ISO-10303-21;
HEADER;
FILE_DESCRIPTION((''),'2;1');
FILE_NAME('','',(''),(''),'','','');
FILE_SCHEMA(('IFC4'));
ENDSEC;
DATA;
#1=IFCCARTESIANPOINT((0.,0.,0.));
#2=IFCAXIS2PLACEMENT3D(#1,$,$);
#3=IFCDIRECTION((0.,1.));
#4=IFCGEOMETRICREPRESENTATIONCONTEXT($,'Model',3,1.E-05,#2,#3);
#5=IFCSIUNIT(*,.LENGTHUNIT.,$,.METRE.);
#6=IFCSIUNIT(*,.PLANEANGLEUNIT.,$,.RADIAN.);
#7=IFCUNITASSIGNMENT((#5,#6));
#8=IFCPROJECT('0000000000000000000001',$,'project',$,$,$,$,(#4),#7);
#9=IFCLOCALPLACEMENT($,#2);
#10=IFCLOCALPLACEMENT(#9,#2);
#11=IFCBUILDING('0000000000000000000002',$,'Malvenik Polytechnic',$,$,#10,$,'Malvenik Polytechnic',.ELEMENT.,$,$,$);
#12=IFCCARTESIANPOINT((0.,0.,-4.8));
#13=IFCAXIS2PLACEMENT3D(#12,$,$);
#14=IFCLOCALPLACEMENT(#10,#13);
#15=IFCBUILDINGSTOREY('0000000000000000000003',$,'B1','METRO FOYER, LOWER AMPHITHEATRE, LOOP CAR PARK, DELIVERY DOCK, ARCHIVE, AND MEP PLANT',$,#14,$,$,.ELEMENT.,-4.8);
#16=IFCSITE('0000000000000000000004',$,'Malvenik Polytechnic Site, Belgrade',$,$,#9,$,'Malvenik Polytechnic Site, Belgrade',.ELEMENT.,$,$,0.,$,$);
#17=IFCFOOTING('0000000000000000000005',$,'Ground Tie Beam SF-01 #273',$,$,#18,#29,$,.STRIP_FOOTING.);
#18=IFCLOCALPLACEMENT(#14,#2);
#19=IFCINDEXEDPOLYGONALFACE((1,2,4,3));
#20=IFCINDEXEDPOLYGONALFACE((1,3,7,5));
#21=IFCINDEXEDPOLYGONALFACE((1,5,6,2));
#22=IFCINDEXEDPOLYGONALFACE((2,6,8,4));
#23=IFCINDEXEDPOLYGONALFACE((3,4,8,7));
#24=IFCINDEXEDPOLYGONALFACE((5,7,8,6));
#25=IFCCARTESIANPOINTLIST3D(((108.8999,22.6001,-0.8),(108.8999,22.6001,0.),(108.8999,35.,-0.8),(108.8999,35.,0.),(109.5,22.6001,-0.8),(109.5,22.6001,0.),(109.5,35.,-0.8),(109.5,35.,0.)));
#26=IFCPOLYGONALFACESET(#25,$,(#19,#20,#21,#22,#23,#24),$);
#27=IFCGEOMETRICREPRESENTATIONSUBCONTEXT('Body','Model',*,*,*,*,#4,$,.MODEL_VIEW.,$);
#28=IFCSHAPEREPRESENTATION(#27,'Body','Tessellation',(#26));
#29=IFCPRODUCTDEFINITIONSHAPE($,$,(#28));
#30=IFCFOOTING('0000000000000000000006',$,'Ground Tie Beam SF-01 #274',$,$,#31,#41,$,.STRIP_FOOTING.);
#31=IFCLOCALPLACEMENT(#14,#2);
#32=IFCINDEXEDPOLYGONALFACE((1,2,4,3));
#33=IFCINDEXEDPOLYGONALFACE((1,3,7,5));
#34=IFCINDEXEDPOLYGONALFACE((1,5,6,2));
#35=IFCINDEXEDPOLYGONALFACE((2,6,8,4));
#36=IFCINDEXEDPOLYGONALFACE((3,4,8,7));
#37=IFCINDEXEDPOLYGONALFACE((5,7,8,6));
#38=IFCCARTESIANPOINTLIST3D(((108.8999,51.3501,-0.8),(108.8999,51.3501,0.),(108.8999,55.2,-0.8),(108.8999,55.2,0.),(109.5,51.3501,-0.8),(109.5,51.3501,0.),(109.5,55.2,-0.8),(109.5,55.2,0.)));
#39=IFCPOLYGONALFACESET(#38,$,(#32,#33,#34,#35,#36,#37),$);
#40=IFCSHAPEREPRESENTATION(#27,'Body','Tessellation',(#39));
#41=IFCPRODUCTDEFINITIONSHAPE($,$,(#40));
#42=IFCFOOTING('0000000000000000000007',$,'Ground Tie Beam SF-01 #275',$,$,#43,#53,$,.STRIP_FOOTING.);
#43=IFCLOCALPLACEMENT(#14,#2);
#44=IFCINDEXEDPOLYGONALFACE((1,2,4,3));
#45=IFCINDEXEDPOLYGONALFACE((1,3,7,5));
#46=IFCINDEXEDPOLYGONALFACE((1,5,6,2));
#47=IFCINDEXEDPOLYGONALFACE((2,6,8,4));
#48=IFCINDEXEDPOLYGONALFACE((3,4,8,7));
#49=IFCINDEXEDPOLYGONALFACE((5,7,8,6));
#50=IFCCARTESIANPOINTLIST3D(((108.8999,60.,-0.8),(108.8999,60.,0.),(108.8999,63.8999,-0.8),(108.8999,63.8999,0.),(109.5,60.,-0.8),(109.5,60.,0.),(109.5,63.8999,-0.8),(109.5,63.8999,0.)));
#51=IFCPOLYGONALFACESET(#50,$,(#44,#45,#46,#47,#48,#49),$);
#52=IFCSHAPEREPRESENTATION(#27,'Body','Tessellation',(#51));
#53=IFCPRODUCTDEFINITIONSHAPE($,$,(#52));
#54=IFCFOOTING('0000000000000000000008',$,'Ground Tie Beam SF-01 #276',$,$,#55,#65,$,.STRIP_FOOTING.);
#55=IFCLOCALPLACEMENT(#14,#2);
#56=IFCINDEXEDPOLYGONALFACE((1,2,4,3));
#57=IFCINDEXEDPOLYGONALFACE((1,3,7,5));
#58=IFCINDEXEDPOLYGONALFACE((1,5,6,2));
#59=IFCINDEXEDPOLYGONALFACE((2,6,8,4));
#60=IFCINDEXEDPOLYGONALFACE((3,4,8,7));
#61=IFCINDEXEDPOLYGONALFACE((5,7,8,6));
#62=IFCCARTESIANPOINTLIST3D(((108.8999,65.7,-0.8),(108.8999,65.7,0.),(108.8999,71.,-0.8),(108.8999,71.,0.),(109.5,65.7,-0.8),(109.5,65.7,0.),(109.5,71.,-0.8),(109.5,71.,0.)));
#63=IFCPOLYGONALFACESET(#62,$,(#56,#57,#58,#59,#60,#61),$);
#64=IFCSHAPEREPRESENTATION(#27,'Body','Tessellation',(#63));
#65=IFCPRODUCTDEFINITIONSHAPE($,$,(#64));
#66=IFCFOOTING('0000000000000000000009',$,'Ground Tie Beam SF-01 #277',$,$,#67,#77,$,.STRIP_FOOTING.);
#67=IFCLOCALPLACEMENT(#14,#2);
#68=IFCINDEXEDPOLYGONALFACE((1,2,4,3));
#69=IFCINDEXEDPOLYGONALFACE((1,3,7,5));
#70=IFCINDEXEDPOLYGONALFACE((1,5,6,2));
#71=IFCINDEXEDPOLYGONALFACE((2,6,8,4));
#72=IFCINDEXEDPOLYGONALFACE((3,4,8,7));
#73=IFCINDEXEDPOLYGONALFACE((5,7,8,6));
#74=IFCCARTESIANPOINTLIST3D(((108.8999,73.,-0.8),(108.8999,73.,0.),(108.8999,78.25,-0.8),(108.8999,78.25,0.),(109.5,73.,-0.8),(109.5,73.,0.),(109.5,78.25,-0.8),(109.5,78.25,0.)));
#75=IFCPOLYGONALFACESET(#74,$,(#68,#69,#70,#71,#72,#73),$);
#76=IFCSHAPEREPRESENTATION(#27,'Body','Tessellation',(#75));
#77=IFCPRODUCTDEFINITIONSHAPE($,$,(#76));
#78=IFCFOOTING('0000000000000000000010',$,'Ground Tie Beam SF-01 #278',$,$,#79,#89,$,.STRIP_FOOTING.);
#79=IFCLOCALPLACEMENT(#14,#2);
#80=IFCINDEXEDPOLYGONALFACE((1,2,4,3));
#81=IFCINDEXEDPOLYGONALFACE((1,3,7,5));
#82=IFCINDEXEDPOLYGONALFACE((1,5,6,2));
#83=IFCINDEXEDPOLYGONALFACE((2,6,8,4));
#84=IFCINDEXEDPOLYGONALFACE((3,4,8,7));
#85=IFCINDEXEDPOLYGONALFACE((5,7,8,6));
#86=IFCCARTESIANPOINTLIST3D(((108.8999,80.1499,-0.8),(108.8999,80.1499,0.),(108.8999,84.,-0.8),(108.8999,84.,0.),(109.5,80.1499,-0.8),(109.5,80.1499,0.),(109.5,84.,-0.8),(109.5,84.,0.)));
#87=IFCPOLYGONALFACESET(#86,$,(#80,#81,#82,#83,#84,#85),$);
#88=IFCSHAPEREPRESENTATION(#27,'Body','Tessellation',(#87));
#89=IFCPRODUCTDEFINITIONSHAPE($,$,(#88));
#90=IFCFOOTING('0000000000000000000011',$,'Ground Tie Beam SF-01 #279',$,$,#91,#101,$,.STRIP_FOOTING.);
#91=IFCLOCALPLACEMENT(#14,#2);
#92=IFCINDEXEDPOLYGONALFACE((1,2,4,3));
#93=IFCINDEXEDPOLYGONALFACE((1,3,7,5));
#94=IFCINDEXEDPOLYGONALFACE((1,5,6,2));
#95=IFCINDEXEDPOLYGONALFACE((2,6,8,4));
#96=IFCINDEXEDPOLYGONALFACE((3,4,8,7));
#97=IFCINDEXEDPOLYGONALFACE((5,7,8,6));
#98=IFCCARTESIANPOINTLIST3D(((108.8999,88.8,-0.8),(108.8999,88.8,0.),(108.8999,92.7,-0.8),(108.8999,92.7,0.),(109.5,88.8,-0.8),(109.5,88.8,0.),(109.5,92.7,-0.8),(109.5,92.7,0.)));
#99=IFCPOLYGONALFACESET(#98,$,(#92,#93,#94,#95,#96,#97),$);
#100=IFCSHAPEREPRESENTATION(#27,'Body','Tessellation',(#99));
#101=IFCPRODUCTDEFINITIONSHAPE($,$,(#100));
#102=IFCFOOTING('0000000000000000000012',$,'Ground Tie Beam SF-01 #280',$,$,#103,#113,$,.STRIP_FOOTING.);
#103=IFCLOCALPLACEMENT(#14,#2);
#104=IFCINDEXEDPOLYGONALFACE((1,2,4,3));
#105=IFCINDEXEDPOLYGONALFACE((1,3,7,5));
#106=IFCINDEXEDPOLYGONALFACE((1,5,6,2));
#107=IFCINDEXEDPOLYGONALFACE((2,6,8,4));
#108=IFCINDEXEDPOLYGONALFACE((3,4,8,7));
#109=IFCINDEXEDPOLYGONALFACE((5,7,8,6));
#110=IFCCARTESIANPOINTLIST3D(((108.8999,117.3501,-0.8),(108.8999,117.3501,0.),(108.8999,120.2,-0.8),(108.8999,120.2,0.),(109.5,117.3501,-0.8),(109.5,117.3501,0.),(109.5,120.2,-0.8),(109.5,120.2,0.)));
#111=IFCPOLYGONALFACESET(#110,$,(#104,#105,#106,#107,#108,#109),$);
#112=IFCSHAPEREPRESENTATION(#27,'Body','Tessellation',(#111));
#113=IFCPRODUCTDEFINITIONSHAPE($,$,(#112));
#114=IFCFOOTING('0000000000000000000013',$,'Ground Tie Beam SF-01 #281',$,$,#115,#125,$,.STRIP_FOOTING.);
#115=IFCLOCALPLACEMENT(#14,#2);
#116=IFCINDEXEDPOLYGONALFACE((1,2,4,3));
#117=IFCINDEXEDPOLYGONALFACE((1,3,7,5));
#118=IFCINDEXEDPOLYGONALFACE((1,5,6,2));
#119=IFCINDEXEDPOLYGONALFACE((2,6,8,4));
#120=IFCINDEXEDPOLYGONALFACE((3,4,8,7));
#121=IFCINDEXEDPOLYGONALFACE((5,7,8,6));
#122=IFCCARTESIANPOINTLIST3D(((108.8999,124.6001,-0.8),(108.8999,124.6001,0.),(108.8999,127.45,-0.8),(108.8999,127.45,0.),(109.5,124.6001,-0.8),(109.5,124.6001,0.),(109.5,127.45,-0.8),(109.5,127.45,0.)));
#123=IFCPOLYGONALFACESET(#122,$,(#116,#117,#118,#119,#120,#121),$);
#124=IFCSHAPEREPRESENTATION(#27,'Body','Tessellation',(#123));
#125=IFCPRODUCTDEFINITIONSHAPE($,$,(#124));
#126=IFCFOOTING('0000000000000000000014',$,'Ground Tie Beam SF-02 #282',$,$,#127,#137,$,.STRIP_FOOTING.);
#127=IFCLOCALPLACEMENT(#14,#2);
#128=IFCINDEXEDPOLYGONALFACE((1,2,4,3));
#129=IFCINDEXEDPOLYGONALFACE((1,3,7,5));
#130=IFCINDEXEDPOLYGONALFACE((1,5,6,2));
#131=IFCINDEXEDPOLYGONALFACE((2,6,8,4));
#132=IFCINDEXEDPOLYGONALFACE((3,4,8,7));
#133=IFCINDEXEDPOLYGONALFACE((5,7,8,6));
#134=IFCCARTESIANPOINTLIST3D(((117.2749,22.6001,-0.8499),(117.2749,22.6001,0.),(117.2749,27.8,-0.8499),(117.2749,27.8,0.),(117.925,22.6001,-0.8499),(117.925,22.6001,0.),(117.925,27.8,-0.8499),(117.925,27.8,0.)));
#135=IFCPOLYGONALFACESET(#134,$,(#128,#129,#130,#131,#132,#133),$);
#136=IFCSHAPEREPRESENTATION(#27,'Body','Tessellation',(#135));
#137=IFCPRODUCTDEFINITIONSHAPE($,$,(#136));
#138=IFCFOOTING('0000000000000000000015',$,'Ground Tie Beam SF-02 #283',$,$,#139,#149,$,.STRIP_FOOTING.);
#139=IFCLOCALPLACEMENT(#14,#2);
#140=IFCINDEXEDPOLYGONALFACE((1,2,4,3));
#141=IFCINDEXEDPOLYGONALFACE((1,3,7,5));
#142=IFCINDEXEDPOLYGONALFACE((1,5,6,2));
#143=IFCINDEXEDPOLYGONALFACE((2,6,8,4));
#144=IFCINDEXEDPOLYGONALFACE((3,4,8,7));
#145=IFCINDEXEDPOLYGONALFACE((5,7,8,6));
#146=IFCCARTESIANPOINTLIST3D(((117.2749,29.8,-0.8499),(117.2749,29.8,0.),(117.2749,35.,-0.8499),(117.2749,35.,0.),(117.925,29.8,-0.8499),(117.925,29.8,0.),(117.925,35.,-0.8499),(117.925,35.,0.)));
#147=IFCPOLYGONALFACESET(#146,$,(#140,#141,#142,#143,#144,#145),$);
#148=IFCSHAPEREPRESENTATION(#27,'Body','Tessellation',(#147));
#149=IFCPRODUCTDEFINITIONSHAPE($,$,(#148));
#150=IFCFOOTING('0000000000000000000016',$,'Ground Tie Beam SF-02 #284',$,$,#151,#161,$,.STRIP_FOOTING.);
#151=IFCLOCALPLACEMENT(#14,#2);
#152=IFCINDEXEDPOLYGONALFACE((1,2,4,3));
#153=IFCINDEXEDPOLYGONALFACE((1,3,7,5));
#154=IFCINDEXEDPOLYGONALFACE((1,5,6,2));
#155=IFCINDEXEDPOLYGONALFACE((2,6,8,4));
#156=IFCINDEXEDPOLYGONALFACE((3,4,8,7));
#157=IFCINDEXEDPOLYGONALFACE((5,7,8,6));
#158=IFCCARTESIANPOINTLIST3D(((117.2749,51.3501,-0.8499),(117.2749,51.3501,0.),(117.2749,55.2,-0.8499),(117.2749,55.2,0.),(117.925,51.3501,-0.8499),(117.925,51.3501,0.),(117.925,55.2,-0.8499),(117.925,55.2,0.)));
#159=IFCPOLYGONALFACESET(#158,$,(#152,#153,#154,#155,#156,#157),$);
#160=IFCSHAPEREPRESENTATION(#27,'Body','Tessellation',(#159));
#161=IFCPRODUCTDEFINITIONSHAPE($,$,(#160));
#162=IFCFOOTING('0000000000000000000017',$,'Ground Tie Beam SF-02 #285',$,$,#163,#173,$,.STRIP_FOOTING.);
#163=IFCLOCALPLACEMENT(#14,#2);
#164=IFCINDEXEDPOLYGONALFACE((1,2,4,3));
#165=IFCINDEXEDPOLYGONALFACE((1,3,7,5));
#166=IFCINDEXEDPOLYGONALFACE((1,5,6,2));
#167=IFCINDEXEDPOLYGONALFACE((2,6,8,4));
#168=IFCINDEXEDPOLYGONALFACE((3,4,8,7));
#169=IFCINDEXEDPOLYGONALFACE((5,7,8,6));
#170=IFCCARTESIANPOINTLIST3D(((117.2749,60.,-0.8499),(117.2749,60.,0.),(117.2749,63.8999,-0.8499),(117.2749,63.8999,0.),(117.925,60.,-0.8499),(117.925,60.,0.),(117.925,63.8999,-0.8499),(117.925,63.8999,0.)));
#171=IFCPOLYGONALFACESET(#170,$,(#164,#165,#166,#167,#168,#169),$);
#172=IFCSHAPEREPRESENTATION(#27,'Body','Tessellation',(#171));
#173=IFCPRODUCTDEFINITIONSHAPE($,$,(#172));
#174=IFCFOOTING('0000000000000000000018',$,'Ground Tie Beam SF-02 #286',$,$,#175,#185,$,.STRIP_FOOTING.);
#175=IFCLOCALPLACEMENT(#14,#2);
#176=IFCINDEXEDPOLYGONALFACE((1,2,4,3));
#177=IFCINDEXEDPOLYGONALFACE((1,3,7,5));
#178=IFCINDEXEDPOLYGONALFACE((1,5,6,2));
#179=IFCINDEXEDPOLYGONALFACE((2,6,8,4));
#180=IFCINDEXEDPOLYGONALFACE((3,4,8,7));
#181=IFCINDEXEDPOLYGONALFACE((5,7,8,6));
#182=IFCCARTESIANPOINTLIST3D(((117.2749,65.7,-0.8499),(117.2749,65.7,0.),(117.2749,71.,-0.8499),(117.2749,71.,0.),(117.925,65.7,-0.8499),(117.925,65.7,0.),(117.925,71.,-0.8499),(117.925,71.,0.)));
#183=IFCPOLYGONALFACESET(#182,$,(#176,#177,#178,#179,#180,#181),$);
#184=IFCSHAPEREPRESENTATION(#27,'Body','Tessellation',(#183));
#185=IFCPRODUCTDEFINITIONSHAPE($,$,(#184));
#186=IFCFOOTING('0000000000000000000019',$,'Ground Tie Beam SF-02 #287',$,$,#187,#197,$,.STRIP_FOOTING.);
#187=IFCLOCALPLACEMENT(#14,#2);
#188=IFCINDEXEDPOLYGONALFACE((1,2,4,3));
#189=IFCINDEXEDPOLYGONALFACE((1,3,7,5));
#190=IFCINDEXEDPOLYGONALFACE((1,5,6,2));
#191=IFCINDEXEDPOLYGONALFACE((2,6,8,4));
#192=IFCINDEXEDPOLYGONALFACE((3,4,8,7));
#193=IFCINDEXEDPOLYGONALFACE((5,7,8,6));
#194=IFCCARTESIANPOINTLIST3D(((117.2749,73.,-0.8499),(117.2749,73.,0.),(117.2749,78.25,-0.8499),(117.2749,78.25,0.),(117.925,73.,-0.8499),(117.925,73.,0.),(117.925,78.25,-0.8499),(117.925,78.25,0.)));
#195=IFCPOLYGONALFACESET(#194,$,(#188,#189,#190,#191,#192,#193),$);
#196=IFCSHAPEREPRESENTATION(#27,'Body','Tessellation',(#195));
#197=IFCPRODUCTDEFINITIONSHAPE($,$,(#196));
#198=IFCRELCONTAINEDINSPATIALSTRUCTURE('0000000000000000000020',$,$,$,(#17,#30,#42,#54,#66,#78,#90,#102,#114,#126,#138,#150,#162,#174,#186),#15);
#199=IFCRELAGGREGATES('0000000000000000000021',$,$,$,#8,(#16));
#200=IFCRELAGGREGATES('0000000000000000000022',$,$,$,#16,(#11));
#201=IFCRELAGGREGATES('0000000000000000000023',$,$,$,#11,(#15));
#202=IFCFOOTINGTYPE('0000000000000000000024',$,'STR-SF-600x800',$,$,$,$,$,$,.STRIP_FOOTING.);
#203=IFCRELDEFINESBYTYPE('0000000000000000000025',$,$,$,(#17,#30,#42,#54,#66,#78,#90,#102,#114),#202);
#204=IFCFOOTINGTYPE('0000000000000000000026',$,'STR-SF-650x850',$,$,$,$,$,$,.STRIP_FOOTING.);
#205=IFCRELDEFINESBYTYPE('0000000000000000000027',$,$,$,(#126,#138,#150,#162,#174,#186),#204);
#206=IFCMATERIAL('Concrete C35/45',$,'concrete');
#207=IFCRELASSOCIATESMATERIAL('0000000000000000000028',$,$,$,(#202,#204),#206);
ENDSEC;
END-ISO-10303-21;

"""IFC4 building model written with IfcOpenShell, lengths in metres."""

from ifc_helpers import new_model, si_unit, direction, frame, origin, place, context, subcontext, project, spatial, polyline, outline, extrude, material, type_object, element, save


model = new_model("IFC4")

# Units and contexts
model_context = context("Model", 3, precision=1e-05, world=origin(), true_north=direction((0.0, 1.0)))
body_context = subcontext(model_context, "Body", "Model", "MODEL_VIEW")
ifc_project = project(units=[si_unit("LENGTHUNIT", "METRE"), si_unit("PLANEANGLEUNIT", "RADIAN")], contexts=[model_context])

# Site, building, storey
site_placement = place(None, origin())
site = spatial("IfcSite", under=ifc_project, at=site_placement, Name="Malvenik Polytechnic Site, Belgrade", LongName="Malvenik Polytechnic Site, Belgrade", CompositionType="ELEMENT", RefElevation=0.0)
building_placement = place(site_placement, origin())
building = spatial("IfcBuilding", under=site, at=building_placement, Name="Malvenik Polytechnic", LongName="Malvenik Polytechnic", CompositionType="ELEMENT")
storey_placement = place(building_placement, frame((0.0, 0.0, -4.8)))
storey = spatial("IfcBuildingStorey", under=building, at=storey_placement, Name="B1", Description="METRO FOYER, LOWER AMPHITHEATRE, LOOP CAR PARK, DELIVERY DOCK, ARCHIVE, AND MEP PLANT", CompositionType="ELEMENT", Elevation=-4.8)

# Footings
ifc_material = material(Name="Concrete C35/45", Category="concrete")
footing_type_1 = type_object("IfcFootingType", Name="STR-SF-600x800", PredefinedType="STRIP_FOOTING", material=ifc_material)
footing_1_placement = place(storey_placement, frame((0.0, 0.0, -0.8)))
element("IfcFooting", 1, at=footing_1_placement, inside=storey, type_object=footing_type_1, Name="Ground Tie Beam SF-01 #273", PredefinedType="STRIP_FOOTING", context=body_context, shape_type="SweptSolid", body=[
    extrude(outline(polyline([(108.8999, 22.6001), (109.5, 22.6001), (109.5, 35.0), (108.8999, 35.0), (108.8999, 22.6001)])), origin(), (0.0, 0.0, 1.0), 0.8),
])
footing_2_placement = place(storey_placement, frame((0.0, 0.0, -0.8)))
element("IfcFooting", 2, at=footing_2_placement, inside=storey, type_object=footing_type_1, Name="Ground Tie Beam SF-01 #274", PredefinedType="STRIP_FOOTING", context=body_context, shape_type="SweptSolid", body=[
    extrude(outline(polyline([(108.8999, 51.3501), (109.5, 51.3501), (109.5, 55.2), (108.8999, 55.2), (108.8999, 51.3501)])), origin(), (0.0, 0.0, 1.0), 0.8),
])
footing_3_placement = place(storey_placement, frame((0.0, 0.0, -0.8)))
element("IfcFooting", 3, at=footing_3_placement, inside=storey, type_object=footing_type_1, Name="Ground Tie Beam SF-01 #275", PredefinedType="STRIP_FOOTING", context=body_context, shape_type="SweptSolid", body=[
    extrude(outline(polyline([(108.8999, 60.0), (109.5, 60.0), (109.5, 63.8999), (108.8999, 63.8999), (108.8999, 60.0)])), origin(), (0.0, 0.0, 1.0), 0.8),
])
footing_4_placement = place(storey_placement, frame((0.0, 0.0, -0.8)))
element("IfcFooting", 4, at=footing_4_placement, inside=storey, type_object=footing_type_1, Name="Ground Tie Beam SF-01 #276", PredefinedType="STRIP_FOOTING", context=body_context, shape_type="SweptSolid", body=[
    extrude(outline(polyline([(108.8999, 65.7), (109.5, 65.7), (109.5, 71.0), (108.8999, 71.0), (108.8999, 65.7)])), origin(), (0.0, 0.0, 1.0), 0.8),
])
footing_5_placement = place(storey_placement, frame((0.0, 0.0, -0.8)))
element("IfcFooting", 5, at=footing_5_placement, inside=storey, type_object=footing_type_1, Name="Ground Tie Beam SF-01 #277", PredefinedType="STRIP_FOOTING", context=body_context, shape_type="SweptSolid", body=[
    extrude(outline(polyline([(108.8999, 73.0), (109.5, 73.0), (109.5, 78.25), (108.8999, 78.25), (108.8999, 73.0)])), origin(), (0.0, 0.0, 1.0), 0.8),
])
footing_6_placement = place(storey_placement, frame((0.0, 0.0, -0.8)))
element("IfcFooting", 6, at=footing_6_placement, inside=storey, type_object=footing_type_1, Name="Ground Tie Beam SF-01 #278", PredefinedType="STRIP_FOOTING", context=body_context, shape_type="SweptSolid", body=[
    extrude(outline(polyline([(108.8999, 80.1499), (109.5, 80.1499), (109.5, 84.0), (108.8999, 84.0), (108.8999, 80.1499)])), origin(), (0.0, 0.0, 1.0), 0.8),
])
footing_7_placement = place(storey_placement, frame((0.0, 0.0, -0.8)))
element("IfcFooting", 7, at=footing_7_placement, inside=storey, type_object=footing_type_1, Name="Ground Tie Beam SF-01 #279", PredefinedType="STRIP_FOOTING", context=body_context, shape_type="SweptSolid", body=[
    extrude(outline(polyline([(108.8999, 88.8), (109.5, 88.8), (109.5, 92.7), (108.8999, 92.7), (108.8999, 88.8)])), origin(), (0.0, 0.0, 1.0), 0.8),
])
footing_8_placement = place(storey_placement, frame((0.0, 0.0, -0.8)))
element("IfcFooting", 8, at=footing_8_placement, inside=storey, type_object=footing_type_1, Name="Ground Tie Beam SF-01 #280", PredefinedType="STRIP_FOOTING", context=body_context, shape_type="SweptSolid", body=[
    extrude(outline(polyline([(108.8999, 117.3501), (109.5, 117.3501), (109.5, 120.2), (108.8999, 120.2), (108.8999, 117.3501)])), origin(), (0.0, 0.0, 1.0), 0.8),
])
footing_9_placement = place(storey_placement, frame((0.0, 0.0, -0.8)))
element("IfcFooting", 9, at=footing_9_placement, inside=storey, type_object=footing_type_1, Name="Ground Tie Beam SF-01 #281", PredefinedType="STRIP_FOOTING", context=body_context, shape_type="SweptSolid", body=[
    extrude(outline(polyline([(108.8999, 124.6001), (109.5, 124.6001), (109.5, 127.45), (108.8999, 127.45), (108.8999, 124.6001)])), origin(), (0.0, 0.0, 1.0), 0.8),
])
footing_type_2 = type_object("IfcFootingType", Name="STR-SF-650x850", PredefinedType="STRIP_FOOTING", material=ifc_material)
footing_10_placement = place(storey_placement, frame((0.0, 0.0, -0.8499)))
element("IfcFooting", 10, at=footing_10_placement, inside=storey, type_object=footing_type_2, Name="Ground Tie Beam SF-02 #282", PredefinedType="STRIP_FOOTING", context=body_context, shape_type="SweptSolid", body=[
    extrude(outline(polyline([(117.2749, 22.6001), (117.925, 22.6001), (117.925, 27.8), (117.2749, 27.8), (117.2749, 22.6001)])), origin(), (0.0, 0.0, 1.0), 0.8499),
])
footing_11_placement = place(storey_placement, frame((0.0, 0.0, -0.8499)))
element("IfcFooting", 11, at=footing_11_placement, inside=storey, type_object=footing_type_2, Name="Ground Tie Beam SF-02 #283", PredefinedType="STRIP_FOOTING", context=body_context, shape_type="SweptSolid", body=[
    extrude(outline(polyline([(117.2749, 29.8), (117.925, 29.8), (117.925, 35.0), (117.2749, 35.0), (117.2749, 29.8)])), origin(), (0.0, 0.0, 1.0), 0.8499),
])
footing_12_placement = place(storey_placement, frame((0.0, 0.0, -0.8499)))
element("IfcFooting", 12, at=footing_12_placement, inside=storey, type_object=footing_type_2, Name="Ground Tie Beam SF-02 #284", PredefinedType="STRIP_FOOTING", context=body_context, shape_type="SweptSolid", body=[
    extrude(outline(polyline([(117.2749, 51.3501), (117.925, 51.3501), (117.925, 55.2), (117.2749, 55.2), (117.2749, 51.3501)])), origin(), (0.0, 0.0, 1.0), 0.8499),
])
footing_13_placement = place(storey_placement, frame((0.0, 0.0, -0.8499)))
element("IfcFooting", 13, at=footing_13_placement, inside=storey, type_object=footing_type_2, Name="Ground Tie Beam SF-02 #285", PredefinedType="STRIP_FOOTING", context=body_context, shape_type="SweptSolid", body=[
    extrude(outline(polyline([(117.2749, 60.0), (117.925, 60.0), (117.925, 63.8999), (117.2749, 63.8999), (117.2749, 60.0)])), origin(), (0.0, 0.0, 1.0), 0.8499),
])
footing_14_placement = place(storey_placement, frame((0.0, 0.0, -0.8499)))
element("IfcFooting", 14, at=footing_14_placement, inside=storey, type_object=footing_type_2, Name="Ground Tie Beam SF-02 #286", PredefinedType="STRIP_FOOTING", context=body_context, shape_type="SweptSolid", body=[
    extrude(outline(polyline([(117.2749, 65.7), (117.925, 65.7), (117.925, 71.0), (117.2749, 71.0), (117.2749, 65.7)])), origin(), (0.0, 0.0, 1.0), 0.8499),
])
footing_15_placement = place(storey_placement, frame((0.0, 0.0, -0.8499)))
element("IfcFooting", 15, at=footing_15_placement, inside=storey, type_object=footing_type_2, Name="Ground Tie Beam SF-02 #287", PredefinedType="STRIP_FOOTING", context=body_context, shape_type="SweptSolid", body=[
    extrude(outline(polyline([(117.2749, 73.0), (117.925, 73.0), (117.925, 78.25), (117.2749, 78.25), (117.2749, 73.0)])), origin(), (0.0, 0.0, 1.0), 0.8499),
])

save(model, "model.ifc")
